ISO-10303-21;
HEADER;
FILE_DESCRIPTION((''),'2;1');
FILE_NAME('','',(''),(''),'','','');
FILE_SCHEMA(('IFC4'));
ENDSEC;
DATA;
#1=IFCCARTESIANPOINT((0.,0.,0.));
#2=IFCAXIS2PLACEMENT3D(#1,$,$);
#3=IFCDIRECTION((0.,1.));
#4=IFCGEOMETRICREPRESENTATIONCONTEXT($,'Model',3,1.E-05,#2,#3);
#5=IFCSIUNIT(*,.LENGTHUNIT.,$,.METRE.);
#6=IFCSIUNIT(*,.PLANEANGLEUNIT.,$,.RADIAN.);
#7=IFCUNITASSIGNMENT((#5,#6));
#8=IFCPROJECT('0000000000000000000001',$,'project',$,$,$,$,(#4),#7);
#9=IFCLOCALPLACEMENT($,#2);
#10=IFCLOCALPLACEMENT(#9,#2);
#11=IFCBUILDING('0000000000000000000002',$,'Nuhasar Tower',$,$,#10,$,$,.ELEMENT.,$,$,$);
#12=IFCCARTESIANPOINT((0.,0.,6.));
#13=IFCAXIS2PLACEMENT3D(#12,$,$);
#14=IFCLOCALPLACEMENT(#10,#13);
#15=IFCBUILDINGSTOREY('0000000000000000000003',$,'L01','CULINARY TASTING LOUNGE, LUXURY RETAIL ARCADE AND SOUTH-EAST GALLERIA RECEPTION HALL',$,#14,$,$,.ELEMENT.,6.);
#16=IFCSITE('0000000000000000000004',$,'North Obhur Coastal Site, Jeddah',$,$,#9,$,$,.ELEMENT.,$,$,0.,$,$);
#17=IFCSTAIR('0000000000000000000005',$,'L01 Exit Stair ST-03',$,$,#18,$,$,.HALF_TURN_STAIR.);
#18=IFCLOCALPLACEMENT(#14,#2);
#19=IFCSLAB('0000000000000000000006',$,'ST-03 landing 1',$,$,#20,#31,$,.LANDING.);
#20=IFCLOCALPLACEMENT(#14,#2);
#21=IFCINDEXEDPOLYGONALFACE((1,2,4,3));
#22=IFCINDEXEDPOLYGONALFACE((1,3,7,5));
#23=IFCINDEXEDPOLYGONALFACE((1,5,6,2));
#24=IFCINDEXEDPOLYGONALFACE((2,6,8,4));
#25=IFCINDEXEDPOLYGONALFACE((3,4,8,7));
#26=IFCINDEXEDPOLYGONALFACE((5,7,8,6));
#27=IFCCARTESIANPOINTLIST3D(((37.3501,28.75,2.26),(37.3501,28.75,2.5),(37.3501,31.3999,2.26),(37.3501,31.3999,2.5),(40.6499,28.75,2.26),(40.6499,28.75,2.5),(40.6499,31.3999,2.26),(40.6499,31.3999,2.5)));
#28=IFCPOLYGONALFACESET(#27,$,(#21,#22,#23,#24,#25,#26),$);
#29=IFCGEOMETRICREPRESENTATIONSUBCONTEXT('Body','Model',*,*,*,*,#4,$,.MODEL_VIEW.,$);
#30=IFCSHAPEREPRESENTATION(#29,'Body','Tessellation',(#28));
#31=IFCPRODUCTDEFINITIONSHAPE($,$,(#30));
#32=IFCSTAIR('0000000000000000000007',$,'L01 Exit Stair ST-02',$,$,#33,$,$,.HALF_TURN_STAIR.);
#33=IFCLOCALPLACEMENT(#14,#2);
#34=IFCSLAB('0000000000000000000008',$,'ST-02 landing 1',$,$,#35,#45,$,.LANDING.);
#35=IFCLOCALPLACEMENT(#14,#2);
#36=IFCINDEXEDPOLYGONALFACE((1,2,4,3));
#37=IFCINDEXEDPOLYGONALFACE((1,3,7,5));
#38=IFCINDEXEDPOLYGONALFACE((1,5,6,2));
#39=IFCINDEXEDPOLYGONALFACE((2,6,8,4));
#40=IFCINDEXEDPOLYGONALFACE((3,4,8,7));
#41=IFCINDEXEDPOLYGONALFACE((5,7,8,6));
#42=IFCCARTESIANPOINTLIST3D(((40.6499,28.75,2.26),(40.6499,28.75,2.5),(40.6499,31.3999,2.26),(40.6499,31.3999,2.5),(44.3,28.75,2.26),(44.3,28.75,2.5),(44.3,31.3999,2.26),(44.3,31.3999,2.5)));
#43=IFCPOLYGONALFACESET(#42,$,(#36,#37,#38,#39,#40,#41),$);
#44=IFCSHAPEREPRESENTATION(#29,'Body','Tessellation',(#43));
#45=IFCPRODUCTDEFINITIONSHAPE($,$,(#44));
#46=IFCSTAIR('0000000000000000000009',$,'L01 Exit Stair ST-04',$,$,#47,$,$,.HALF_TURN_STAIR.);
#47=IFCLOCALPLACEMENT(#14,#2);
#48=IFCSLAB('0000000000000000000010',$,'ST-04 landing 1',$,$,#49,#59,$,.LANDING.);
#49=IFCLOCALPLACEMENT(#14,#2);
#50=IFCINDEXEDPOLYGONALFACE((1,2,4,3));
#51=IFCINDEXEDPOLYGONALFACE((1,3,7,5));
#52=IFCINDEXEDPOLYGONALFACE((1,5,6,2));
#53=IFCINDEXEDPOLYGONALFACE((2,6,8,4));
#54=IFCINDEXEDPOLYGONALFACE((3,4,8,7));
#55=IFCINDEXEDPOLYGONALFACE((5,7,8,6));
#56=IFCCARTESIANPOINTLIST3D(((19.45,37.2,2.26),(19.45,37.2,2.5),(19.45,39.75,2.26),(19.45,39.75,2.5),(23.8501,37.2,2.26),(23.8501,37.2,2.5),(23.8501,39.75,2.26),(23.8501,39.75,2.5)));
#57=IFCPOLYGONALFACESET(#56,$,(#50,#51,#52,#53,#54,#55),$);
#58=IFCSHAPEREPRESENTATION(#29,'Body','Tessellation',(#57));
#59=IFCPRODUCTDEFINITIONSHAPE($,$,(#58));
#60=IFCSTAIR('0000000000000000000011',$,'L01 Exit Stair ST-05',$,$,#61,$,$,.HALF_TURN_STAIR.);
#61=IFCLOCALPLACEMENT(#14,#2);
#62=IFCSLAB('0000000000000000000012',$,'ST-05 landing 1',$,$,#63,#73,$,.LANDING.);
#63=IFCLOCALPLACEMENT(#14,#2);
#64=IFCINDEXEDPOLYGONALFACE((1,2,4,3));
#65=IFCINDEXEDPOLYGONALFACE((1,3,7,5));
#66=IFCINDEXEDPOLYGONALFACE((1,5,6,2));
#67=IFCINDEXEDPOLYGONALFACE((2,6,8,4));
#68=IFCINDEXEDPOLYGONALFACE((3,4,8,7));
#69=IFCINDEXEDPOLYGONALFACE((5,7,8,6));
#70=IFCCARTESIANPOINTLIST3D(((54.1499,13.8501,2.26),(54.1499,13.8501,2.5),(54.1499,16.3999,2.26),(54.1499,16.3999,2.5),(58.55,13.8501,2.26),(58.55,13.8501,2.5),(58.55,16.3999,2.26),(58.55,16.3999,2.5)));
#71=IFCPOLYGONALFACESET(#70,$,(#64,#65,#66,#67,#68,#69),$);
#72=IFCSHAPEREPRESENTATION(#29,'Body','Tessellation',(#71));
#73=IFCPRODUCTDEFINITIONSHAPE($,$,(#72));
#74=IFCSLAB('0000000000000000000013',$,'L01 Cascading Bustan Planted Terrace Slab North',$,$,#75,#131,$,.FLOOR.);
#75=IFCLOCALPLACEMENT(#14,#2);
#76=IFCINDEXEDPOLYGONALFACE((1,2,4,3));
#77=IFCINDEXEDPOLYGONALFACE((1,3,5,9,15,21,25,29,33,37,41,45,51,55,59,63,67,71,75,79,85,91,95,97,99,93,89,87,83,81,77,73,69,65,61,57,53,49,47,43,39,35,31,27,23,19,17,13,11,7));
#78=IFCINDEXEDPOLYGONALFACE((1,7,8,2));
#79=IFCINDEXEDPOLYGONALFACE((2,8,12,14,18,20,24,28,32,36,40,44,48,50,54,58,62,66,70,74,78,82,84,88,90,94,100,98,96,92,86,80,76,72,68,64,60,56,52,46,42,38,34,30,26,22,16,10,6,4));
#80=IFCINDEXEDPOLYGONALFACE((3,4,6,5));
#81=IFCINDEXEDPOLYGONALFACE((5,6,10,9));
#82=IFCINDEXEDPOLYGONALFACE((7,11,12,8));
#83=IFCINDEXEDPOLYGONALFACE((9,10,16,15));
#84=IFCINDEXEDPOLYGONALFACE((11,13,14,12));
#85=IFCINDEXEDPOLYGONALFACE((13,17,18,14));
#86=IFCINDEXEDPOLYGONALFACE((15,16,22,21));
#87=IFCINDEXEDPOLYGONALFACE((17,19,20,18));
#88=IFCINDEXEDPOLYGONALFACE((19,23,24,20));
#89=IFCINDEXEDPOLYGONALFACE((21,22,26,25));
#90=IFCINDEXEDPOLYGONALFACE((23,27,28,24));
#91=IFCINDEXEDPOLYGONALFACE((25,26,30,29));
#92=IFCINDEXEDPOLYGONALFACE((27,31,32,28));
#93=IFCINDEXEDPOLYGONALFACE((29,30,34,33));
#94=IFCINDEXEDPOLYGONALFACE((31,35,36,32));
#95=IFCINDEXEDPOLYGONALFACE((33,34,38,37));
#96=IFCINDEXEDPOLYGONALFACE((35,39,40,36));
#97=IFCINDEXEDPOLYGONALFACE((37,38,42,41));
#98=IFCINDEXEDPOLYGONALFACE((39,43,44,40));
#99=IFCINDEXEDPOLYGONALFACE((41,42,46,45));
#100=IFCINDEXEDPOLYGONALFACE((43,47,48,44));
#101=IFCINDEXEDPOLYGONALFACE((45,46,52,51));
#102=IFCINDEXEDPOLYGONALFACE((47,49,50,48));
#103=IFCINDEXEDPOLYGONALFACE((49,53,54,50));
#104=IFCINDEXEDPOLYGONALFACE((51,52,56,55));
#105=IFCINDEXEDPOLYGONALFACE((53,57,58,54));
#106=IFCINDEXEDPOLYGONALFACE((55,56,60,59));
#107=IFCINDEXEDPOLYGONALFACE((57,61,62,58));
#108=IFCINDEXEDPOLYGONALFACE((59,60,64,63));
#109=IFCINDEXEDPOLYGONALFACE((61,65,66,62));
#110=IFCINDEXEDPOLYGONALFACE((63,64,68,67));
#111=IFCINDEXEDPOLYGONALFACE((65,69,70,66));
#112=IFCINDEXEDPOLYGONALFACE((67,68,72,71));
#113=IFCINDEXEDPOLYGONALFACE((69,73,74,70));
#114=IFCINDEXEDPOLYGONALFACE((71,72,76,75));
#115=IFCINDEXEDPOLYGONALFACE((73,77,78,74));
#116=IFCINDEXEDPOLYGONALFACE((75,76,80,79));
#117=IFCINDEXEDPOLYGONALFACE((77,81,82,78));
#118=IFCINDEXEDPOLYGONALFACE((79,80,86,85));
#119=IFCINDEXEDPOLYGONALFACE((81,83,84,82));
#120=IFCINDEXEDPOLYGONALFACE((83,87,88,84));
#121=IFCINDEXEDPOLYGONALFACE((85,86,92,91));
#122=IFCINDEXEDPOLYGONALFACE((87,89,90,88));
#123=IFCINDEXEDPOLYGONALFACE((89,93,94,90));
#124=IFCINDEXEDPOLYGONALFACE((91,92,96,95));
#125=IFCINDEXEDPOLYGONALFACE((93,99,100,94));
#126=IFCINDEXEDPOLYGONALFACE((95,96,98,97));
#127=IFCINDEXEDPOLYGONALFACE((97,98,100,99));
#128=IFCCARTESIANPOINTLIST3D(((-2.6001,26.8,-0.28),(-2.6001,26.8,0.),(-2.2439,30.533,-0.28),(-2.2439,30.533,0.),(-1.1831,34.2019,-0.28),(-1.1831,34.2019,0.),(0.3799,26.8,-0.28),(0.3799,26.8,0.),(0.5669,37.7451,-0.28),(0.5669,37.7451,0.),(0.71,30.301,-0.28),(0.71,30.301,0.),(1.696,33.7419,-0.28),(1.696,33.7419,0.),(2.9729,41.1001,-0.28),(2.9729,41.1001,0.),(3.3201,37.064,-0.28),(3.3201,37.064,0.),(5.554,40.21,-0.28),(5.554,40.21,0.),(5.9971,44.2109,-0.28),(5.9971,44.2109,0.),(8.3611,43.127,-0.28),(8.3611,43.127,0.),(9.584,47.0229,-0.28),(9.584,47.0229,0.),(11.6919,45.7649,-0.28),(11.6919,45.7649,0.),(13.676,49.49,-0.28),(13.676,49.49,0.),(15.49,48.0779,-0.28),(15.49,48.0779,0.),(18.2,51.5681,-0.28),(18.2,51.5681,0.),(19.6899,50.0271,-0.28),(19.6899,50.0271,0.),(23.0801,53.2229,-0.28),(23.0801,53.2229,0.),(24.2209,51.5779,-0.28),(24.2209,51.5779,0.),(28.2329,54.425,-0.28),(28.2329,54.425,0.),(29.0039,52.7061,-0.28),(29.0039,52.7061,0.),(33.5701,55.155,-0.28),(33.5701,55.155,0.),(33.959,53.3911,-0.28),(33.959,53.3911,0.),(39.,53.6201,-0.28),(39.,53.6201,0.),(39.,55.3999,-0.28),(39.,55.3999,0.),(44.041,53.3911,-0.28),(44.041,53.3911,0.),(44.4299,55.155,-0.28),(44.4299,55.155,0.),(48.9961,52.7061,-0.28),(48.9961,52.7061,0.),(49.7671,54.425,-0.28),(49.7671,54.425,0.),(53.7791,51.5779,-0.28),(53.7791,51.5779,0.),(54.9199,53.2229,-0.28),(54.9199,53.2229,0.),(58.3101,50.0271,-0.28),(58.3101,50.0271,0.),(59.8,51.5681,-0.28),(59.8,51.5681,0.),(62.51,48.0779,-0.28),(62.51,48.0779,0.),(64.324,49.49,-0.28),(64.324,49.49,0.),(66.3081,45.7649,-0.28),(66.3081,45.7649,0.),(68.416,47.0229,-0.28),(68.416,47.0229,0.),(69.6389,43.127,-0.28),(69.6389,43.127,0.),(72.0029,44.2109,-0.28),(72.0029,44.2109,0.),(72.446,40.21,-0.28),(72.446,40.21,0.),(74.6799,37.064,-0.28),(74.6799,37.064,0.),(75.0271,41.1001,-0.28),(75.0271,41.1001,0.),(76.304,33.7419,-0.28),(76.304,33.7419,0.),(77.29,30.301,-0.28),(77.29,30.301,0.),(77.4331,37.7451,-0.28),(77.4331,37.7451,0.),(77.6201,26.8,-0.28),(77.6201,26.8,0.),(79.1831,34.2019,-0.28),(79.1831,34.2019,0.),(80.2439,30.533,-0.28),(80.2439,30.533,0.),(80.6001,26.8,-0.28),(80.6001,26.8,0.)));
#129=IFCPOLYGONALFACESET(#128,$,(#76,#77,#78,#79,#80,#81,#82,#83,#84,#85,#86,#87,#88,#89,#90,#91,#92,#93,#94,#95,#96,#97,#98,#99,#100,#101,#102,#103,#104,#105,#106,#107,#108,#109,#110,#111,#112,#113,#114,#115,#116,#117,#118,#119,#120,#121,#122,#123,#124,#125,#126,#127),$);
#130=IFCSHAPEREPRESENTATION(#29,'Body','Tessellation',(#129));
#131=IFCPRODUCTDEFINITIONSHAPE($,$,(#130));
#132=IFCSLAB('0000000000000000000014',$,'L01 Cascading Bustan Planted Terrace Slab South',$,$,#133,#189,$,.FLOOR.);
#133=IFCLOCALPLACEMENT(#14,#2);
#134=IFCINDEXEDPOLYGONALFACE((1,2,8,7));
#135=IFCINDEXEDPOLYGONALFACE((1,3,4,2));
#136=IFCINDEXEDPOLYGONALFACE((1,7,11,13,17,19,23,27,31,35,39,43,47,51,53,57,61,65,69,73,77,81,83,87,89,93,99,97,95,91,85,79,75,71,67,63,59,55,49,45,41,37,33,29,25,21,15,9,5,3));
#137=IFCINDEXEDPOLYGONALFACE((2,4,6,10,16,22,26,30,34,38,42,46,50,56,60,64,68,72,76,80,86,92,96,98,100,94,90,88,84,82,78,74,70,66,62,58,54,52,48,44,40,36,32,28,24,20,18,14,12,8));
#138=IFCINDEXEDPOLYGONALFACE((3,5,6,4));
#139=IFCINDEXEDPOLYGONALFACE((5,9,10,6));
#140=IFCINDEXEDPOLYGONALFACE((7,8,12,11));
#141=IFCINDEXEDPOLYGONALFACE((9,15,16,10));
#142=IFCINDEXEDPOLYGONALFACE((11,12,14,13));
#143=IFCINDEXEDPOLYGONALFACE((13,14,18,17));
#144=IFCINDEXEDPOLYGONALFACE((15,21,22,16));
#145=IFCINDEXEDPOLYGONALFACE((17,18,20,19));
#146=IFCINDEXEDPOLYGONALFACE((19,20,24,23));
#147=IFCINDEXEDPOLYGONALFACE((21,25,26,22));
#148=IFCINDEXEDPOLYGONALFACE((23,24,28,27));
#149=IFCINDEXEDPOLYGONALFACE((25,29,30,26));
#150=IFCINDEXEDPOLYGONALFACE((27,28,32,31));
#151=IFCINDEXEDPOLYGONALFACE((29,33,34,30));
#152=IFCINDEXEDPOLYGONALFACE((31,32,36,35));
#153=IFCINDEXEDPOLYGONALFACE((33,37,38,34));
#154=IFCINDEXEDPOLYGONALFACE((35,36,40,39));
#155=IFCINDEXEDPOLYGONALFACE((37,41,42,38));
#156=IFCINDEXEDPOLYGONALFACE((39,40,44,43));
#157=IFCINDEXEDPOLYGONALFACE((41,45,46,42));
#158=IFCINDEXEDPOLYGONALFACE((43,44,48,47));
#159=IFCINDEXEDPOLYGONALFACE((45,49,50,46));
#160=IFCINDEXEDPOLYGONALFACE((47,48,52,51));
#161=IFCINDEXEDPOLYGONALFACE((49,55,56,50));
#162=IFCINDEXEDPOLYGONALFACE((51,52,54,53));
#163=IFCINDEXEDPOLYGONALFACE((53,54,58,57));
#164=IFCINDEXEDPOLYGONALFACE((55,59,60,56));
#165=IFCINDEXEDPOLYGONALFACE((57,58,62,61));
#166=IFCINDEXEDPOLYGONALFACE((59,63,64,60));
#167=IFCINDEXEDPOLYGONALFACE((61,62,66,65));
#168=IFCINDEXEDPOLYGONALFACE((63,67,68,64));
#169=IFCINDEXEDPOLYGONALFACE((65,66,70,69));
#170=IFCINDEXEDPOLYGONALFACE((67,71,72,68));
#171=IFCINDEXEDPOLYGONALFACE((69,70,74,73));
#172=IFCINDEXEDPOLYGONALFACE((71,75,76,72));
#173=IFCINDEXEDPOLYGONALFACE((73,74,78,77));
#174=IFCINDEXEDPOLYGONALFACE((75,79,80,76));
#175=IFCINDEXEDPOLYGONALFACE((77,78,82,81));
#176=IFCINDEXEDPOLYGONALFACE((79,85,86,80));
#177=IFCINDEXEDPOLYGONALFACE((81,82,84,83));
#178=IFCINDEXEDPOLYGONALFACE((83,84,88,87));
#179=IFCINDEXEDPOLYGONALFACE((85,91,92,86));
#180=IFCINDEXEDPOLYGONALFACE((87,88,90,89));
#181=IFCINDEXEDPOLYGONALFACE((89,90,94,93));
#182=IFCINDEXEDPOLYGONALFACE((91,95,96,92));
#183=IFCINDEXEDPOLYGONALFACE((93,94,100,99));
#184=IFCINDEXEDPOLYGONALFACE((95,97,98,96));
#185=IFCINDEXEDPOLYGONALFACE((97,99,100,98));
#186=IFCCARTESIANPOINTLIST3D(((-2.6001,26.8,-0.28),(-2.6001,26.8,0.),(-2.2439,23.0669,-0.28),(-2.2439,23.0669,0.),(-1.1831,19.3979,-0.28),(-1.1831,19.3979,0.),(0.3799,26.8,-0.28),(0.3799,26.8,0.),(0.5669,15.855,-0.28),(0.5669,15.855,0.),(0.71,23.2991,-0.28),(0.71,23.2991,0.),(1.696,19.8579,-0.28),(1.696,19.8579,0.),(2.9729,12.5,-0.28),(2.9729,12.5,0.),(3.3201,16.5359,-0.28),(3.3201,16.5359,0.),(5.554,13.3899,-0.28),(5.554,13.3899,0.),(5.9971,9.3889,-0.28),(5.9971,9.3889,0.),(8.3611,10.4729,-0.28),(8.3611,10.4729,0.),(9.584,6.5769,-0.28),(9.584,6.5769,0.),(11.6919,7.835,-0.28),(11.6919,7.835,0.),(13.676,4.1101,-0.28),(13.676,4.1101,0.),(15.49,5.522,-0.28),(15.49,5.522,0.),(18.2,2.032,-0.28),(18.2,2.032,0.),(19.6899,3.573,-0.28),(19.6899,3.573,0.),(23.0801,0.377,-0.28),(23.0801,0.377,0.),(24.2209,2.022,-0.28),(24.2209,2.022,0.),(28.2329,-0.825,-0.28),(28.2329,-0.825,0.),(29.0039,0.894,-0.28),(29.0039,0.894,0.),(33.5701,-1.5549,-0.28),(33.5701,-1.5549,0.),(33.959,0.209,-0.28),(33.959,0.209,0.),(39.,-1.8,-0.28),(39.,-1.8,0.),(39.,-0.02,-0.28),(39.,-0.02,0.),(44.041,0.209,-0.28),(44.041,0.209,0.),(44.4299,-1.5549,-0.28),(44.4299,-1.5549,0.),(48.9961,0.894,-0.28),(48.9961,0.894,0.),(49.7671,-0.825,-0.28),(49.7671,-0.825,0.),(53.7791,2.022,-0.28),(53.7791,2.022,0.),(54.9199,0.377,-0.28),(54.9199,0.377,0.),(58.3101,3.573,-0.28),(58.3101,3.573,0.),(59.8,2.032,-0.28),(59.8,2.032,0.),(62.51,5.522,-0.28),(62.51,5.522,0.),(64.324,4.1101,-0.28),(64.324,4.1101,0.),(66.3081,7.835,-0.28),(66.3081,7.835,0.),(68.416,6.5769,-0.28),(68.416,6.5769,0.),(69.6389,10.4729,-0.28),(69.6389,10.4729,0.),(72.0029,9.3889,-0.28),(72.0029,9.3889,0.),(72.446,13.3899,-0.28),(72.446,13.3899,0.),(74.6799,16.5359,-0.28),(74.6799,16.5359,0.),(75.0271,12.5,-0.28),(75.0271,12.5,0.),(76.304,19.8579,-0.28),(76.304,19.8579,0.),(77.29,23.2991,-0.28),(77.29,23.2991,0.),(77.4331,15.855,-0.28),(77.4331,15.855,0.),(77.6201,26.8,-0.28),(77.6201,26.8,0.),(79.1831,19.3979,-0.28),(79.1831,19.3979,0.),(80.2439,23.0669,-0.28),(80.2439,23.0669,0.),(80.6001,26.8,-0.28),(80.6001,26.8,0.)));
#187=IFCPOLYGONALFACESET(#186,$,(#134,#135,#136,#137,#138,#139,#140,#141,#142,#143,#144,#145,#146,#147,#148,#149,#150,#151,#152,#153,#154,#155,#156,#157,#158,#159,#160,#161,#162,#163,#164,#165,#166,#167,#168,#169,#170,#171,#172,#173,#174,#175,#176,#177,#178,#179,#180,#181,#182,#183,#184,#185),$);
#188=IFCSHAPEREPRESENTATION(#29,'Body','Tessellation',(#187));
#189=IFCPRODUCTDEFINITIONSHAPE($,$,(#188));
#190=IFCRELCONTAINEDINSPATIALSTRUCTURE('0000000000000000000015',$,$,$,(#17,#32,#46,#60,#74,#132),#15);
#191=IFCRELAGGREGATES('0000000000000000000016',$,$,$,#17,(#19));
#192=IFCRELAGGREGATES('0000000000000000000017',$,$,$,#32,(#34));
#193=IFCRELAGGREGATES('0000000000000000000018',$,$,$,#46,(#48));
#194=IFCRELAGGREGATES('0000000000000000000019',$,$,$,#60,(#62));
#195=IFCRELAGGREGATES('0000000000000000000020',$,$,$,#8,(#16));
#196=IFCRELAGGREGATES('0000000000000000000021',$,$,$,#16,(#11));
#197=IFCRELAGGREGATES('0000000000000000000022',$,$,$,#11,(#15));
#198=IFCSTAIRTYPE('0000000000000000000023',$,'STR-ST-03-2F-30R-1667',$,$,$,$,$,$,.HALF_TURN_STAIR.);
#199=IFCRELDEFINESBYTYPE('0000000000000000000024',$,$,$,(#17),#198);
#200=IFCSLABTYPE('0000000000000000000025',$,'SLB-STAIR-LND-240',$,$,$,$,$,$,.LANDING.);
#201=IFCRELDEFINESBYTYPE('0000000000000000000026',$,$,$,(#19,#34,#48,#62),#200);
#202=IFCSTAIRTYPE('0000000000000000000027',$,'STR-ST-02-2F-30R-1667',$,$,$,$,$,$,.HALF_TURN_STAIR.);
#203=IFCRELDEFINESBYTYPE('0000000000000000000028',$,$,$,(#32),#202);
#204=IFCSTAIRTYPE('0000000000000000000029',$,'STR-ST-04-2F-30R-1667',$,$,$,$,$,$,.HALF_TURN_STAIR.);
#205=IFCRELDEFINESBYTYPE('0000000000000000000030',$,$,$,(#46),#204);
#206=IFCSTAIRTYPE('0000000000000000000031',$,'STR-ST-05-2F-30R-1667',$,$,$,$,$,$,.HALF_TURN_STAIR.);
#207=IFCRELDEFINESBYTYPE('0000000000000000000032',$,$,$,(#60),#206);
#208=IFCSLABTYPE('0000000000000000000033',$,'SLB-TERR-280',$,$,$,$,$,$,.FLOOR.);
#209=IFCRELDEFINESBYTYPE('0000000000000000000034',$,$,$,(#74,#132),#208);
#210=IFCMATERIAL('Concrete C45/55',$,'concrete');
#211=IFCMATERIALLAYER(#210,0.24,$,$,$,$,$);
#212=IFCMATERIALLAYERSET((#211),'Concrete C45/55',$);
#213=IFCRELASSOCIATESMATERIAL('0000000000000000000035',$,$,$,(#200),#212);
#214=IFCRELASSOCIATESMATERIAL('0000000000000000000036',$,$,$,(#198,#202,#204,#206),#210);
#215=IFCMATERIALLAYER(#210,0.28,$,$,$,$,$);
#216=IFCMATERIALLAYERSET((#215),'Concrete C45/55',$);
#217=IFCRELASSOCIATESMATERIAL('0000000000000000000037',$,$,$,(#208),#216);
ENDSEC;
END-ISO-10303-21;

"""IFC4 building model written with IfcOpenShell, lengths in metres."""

from ifc_helpers import new_model, si_unit, direction, frame, origin, place, context, subcontext, project, spatial, polyline, outline, extrude, material, layer, layer_set, type_object, element, aggregate, save


model = new_model("IFC4")

# Units and contexts
model_context = context("Model", 3, precision=1e-05, world=origin(), true_north=direction((0.0, 1.0)))
body_context = subcontext(model_context, "Body", "Model", "MODEL_VIEW")
ifc_project = project(units=[si_unit("LENGTHUNIT", "METRE"), si_unit("PLANEANGLEUNIT", "RADIAN")], contexts=[model_context])

# Site, building, storey
site_placement = place(None, origin())
site = spatial("IfcSite", under=ifc_project, at=site_placement, Name="North Obhur Coastal Site, Jeddah", CompositionType="ELEMENT", RefElevation=0.0)
building_placement = place(site_placement, origin())
building = spatial("IfcBuilding", under=site, at=building_placement, Name="Nuhasar Tower", CompositionType="ELEMENT")
storey_placement = place(building_placement, frame((0.0, 0.0, 6.0)))
storey = spatial("IfcBuildingStorey", under=building, at=storey_placement, Name="L01", Description="CULINARY TASTING LOUNGE, LUXURY RETAIL ARCADE AND SOUTH-EAST GALLERIA RECEPTION HALL", CompositionType="ELEMENT", Elevation=6.0)

# Stairs, slabs
ifc_material_1 = material(Name="Concrete C45/55", Category="concrete")
ifc_layer_1 = layer(ifc_material_1, 0.24)
ifc_layer_set_1 = layer_set([ifc_layer_1], Name="Concrete C45/55")
slab_type_1 = type_object("IfcSlabType", Name="SLB-STAIR-LND-240", PredefinedType="LANDING", material=ifc_layer_set_1)
stair_type_1 = type_object("IfcStairType", Name="STR-ST-03-2F-30R-1667", PredefinedType="HALF_TURN_STAIR", material=ifc_material_1)
stair_1_placement = place(storey_placement, origin())
stair_1 = element("IfcStair", 1, at=stair_1_placement, inside=storey, type_object=stair_type_1, Name="L01 Exit Stair ST-03", PredefinedType="HALF_TURN_STAIR")
slab_1_placement = place(storey_placement, frame((0.0, 0.0, 2.26)))
slab_1 = element("IfcSlab", 2, at=slab_1_placement, type_object=slab_type_1, Name="ST-03 landing 1", PredefinedType="LANDING", context=body_context, shape_type="SweptSolid", body=[
    extrude(outline(polyline([(37.3501, 28.75), (40.6499, 28.75), (40.6499, 31.3999), (37.3501, 31.3999), (37.3501, 28.75)])), origin(), (0.0, 0.0, 1.0), 0.24),
])
aggregate(stair_1, [slab_1])
stair_type_2 = type_object("IfcStairType", Name="STR-ST-02-2F-30R-1667", PredefinedType="HALF_TURN_STAIR", material=ifc_material_1)
stair_2_placement = place(storey_placement, origin())
stair_2 = element("IfcStair", 3, at=stair_2_placement, inside=storey, type_object=stair_type_2, Name="L01 Exit Stair ST-02", PredefinedType="HALF_TURN_STAIR")
slab_2_placement = place(storey_placement, frame((0.0, 0.0, 2.26)))
slab_2 = element("IfcSlab", 4, at=slab_2_placement, type_object=slab_type_1, Name="ST-02 landing 1", PredefinedType="LANDING", context=body_context, shape_type="SweptSolid", body=[
    extrude(outline(polyline([(40.6499, 28.75), (44.3, 28.75), (44.3, 31.3999), (40.6499, 31.3999), (40.6499, 28.75)])), origin(), (0.0, 0.0, 1.0), 0.24),
])
aggregate(stair_2, [slab_2])
stair_type_3 = type_object("IfcStairType", Name="STR-ST-04-2F-30R-1667", PredefinedType="HALF_TURN_STAIR", material=ifc_material_1)
stair_3_placement = place(storey_placement, origin())
stair_3 = element("IfcStair", 5, at=stair_3_placement, inside=storey, type_object=stair_type_3, Name="L01 Exit Stair ST-04", PredefinedType="HALF_TURN_STAIR")
slab_3_placement = place(storey_placement, frame((0.0, 0.0, 2.26)))
slab_3 = element("IfcSlab", 6, at=slab_3_placement, type_object=slab_type_1, Name="ST-04 landing 1", PredefinedType="LANDING", context=body_context, shape_type="SweptSolid", body=[
    extrude(outline(polyline([(19.45, 37.2), (23.8501, 37.2), (23.8501, 39.75), (19.45, 39.75), (19.45, 37.2)])), origin(), (0.0, 0.0, 1.0), 0.24),
])
aggregate(stair_3, [slab_3])
stair_type_4 = type_object("IfcStairType", Name="STR-ST-05-2F-30R-1667", PredefinedType="HALF_TURN_STAIR", material=ifc_material_1)
stair_4_placement = place(storey_placement, origin())
stair_4 = element("IfcStair", 7, at=stair_4_placement, inside=storey, type_object=stair_type_4, Name="L01 Exit Stair ST-05", PredefinedType="HALF_TURN_STAIR")
slab_4_placement = place(storey_placement, frame((0.0, 0.0, 2.26)))
slab_4 = element("IfcSlab", 8, at=slab_4_placement, type_object=slab_type_1, Name="ST-05 landing 1", PredefinedType="LANDING", context=body_context, shape_type="SweptSolid", body=[
    extrude(outline(polyline([(54.1499, 13.8501), (58.55, 13.8501), (58.55, 16.3999), (54.1499, 16.3999), (54.1499, 13.8501)])), origin(), (0.0, 0.0, 1.0), 0.24),
])
aggregate(stair_4, [slab_4])

# Slabs
ifc_layer_2 = layer(ifc_material_1, 0.28)
ifc_layer_set_2 = layer_set([ifc_layer_2], Name="Concrete C45/55")
slab_type_2 = type_object("IfcSlabType", Name="SLB-TERR-280", PredefinedType="FLOOR", material=ifc_layer_set_2)
slab_5_placement = place(storey_placement, frame((0.0, 0.0, -0.28)))
element("IfcSlab", 9, at=slab_5_placement, inside=storey, type_object=slab_type_2, Name="L01 Cascading Bustan Planted Terrace Slab North", PredefinedType="FLOOR", context=body_context, shape_type="SweptSolid", body=[
    extrude(outline(polyline([(80.6001, 26.8), (80.2439, 30.533), (79.1831, 34.2019), (77.4331, 37.7451), (75.0271, 41.1001), (72.0029, 44.2109), (68.416, 47.0229), (64.324, 49.49), (59.8, 51.5681), (54.9199, 53.2229), (49.7671, 54.425), (44.4299, 55.155), (39.0, 55.3999), (33.5701, 55.155), (28.2329, 54.425), (23.0801, 53.2229), (18.2, 51.5681), (13.676, 49.49), (9.584, 47.0229), (5.9971, 44.2109), (2.9729, 41.1001), (0.5669, 37.7451), (-1.1831, 34.2019), (-2.2439, 30.533), (-2.6001, 26.8), (0.3799, 26.8), (0.71, 30.301), (1.696, 33.7419), (3.3201, 37.064), (5.554, 40.21), (8.3611, 43.127), (11.6919, 45.7649), (15.49, 48.0779), (19.6899, 50.0271), (24.2209, 51.5779), (29.0039, 52.7061), (33.959, 53.3911), (39.0, 53.6201), (44.041, 53.3911), (48.9961, 52.7061), (53.7791, 51.5779), (58.3101, 50.0271), (62.51, 48.0779), (66.3081, 45.7649), (69.6389, 43.127), (72.446, 40.21), (74.6799, 37.064), (76.304, 33.7419), (77.29, 30.301), (77.6201, 26.8), (80.6001, 26.8)])), origin(), (0.0, 0.0, 1.0), 0.28),
])
slab_6_placement = place(storey_placement, frame((0.0, 0.0, -0.28)))
element("IfcSlab", 10, at=slab_6_placement, inside=storey, type_object=slab_type_2, Name="L01 Cascading Bustan Planted Terrace Slab South", PredefinedType="FLOOR", context=body_context, shape_type="SweptSolid", body=[
    extrude(outline(polyline([(-2.6001, 26.8), (-2.2439, 23.0669), (-1.1831, 19.3979), (0.5669, 15.855), (2.9729, 12.5), (5.9971, 9.3889), (9.584, 6.5769), (13.676, 4.1101), (18.2, 2.032), (23.0801, 0.377), (28.2329, -0.825), (33.5701, -1.5549), (39.0, -1.8), (44.4299, -1.5549), (49.7671, -0.825), (54.9199, 0.377), (59.8, 2.032), (64.324, 4.1101), (68.416, 6.5769), (72.0029, 9.3889), (75.0271, 12.5), (77.4331, 15.855), (79.1831, 19.3979), (80.2439, 23.0669), (80.6001, 26.8), (77.6201, 26.8), (77.29, 23.2991), (76.304, 19.8579), (74.6799, 16.5359), (72.446, 13.3899), (69.6389, 10.4729), (66.3081, 7.835), (62.51, 5.522), (58.3101, 3.573), (53.7791, 2.022), (48.9961, 0.894), (44.041, 0.209), (39.0, -0.02), (33.959, 0.209), (29.0039, 0.894), (24.2209, 2.022), (19.6899, 3.573), (15.49, 5.522), (11.6919, 7.835), (8.3611, 10.4729), (5.554, 13.3899), (3.3201, 16.5359), (1.696, 19.8579), (0.71, 23.2991), (0.3799, 26.8), (-2.6001, 26.8)])), origin(), (0.0, 0.0, 1.0), 0.28),
])

save(model, "model.ifc")
